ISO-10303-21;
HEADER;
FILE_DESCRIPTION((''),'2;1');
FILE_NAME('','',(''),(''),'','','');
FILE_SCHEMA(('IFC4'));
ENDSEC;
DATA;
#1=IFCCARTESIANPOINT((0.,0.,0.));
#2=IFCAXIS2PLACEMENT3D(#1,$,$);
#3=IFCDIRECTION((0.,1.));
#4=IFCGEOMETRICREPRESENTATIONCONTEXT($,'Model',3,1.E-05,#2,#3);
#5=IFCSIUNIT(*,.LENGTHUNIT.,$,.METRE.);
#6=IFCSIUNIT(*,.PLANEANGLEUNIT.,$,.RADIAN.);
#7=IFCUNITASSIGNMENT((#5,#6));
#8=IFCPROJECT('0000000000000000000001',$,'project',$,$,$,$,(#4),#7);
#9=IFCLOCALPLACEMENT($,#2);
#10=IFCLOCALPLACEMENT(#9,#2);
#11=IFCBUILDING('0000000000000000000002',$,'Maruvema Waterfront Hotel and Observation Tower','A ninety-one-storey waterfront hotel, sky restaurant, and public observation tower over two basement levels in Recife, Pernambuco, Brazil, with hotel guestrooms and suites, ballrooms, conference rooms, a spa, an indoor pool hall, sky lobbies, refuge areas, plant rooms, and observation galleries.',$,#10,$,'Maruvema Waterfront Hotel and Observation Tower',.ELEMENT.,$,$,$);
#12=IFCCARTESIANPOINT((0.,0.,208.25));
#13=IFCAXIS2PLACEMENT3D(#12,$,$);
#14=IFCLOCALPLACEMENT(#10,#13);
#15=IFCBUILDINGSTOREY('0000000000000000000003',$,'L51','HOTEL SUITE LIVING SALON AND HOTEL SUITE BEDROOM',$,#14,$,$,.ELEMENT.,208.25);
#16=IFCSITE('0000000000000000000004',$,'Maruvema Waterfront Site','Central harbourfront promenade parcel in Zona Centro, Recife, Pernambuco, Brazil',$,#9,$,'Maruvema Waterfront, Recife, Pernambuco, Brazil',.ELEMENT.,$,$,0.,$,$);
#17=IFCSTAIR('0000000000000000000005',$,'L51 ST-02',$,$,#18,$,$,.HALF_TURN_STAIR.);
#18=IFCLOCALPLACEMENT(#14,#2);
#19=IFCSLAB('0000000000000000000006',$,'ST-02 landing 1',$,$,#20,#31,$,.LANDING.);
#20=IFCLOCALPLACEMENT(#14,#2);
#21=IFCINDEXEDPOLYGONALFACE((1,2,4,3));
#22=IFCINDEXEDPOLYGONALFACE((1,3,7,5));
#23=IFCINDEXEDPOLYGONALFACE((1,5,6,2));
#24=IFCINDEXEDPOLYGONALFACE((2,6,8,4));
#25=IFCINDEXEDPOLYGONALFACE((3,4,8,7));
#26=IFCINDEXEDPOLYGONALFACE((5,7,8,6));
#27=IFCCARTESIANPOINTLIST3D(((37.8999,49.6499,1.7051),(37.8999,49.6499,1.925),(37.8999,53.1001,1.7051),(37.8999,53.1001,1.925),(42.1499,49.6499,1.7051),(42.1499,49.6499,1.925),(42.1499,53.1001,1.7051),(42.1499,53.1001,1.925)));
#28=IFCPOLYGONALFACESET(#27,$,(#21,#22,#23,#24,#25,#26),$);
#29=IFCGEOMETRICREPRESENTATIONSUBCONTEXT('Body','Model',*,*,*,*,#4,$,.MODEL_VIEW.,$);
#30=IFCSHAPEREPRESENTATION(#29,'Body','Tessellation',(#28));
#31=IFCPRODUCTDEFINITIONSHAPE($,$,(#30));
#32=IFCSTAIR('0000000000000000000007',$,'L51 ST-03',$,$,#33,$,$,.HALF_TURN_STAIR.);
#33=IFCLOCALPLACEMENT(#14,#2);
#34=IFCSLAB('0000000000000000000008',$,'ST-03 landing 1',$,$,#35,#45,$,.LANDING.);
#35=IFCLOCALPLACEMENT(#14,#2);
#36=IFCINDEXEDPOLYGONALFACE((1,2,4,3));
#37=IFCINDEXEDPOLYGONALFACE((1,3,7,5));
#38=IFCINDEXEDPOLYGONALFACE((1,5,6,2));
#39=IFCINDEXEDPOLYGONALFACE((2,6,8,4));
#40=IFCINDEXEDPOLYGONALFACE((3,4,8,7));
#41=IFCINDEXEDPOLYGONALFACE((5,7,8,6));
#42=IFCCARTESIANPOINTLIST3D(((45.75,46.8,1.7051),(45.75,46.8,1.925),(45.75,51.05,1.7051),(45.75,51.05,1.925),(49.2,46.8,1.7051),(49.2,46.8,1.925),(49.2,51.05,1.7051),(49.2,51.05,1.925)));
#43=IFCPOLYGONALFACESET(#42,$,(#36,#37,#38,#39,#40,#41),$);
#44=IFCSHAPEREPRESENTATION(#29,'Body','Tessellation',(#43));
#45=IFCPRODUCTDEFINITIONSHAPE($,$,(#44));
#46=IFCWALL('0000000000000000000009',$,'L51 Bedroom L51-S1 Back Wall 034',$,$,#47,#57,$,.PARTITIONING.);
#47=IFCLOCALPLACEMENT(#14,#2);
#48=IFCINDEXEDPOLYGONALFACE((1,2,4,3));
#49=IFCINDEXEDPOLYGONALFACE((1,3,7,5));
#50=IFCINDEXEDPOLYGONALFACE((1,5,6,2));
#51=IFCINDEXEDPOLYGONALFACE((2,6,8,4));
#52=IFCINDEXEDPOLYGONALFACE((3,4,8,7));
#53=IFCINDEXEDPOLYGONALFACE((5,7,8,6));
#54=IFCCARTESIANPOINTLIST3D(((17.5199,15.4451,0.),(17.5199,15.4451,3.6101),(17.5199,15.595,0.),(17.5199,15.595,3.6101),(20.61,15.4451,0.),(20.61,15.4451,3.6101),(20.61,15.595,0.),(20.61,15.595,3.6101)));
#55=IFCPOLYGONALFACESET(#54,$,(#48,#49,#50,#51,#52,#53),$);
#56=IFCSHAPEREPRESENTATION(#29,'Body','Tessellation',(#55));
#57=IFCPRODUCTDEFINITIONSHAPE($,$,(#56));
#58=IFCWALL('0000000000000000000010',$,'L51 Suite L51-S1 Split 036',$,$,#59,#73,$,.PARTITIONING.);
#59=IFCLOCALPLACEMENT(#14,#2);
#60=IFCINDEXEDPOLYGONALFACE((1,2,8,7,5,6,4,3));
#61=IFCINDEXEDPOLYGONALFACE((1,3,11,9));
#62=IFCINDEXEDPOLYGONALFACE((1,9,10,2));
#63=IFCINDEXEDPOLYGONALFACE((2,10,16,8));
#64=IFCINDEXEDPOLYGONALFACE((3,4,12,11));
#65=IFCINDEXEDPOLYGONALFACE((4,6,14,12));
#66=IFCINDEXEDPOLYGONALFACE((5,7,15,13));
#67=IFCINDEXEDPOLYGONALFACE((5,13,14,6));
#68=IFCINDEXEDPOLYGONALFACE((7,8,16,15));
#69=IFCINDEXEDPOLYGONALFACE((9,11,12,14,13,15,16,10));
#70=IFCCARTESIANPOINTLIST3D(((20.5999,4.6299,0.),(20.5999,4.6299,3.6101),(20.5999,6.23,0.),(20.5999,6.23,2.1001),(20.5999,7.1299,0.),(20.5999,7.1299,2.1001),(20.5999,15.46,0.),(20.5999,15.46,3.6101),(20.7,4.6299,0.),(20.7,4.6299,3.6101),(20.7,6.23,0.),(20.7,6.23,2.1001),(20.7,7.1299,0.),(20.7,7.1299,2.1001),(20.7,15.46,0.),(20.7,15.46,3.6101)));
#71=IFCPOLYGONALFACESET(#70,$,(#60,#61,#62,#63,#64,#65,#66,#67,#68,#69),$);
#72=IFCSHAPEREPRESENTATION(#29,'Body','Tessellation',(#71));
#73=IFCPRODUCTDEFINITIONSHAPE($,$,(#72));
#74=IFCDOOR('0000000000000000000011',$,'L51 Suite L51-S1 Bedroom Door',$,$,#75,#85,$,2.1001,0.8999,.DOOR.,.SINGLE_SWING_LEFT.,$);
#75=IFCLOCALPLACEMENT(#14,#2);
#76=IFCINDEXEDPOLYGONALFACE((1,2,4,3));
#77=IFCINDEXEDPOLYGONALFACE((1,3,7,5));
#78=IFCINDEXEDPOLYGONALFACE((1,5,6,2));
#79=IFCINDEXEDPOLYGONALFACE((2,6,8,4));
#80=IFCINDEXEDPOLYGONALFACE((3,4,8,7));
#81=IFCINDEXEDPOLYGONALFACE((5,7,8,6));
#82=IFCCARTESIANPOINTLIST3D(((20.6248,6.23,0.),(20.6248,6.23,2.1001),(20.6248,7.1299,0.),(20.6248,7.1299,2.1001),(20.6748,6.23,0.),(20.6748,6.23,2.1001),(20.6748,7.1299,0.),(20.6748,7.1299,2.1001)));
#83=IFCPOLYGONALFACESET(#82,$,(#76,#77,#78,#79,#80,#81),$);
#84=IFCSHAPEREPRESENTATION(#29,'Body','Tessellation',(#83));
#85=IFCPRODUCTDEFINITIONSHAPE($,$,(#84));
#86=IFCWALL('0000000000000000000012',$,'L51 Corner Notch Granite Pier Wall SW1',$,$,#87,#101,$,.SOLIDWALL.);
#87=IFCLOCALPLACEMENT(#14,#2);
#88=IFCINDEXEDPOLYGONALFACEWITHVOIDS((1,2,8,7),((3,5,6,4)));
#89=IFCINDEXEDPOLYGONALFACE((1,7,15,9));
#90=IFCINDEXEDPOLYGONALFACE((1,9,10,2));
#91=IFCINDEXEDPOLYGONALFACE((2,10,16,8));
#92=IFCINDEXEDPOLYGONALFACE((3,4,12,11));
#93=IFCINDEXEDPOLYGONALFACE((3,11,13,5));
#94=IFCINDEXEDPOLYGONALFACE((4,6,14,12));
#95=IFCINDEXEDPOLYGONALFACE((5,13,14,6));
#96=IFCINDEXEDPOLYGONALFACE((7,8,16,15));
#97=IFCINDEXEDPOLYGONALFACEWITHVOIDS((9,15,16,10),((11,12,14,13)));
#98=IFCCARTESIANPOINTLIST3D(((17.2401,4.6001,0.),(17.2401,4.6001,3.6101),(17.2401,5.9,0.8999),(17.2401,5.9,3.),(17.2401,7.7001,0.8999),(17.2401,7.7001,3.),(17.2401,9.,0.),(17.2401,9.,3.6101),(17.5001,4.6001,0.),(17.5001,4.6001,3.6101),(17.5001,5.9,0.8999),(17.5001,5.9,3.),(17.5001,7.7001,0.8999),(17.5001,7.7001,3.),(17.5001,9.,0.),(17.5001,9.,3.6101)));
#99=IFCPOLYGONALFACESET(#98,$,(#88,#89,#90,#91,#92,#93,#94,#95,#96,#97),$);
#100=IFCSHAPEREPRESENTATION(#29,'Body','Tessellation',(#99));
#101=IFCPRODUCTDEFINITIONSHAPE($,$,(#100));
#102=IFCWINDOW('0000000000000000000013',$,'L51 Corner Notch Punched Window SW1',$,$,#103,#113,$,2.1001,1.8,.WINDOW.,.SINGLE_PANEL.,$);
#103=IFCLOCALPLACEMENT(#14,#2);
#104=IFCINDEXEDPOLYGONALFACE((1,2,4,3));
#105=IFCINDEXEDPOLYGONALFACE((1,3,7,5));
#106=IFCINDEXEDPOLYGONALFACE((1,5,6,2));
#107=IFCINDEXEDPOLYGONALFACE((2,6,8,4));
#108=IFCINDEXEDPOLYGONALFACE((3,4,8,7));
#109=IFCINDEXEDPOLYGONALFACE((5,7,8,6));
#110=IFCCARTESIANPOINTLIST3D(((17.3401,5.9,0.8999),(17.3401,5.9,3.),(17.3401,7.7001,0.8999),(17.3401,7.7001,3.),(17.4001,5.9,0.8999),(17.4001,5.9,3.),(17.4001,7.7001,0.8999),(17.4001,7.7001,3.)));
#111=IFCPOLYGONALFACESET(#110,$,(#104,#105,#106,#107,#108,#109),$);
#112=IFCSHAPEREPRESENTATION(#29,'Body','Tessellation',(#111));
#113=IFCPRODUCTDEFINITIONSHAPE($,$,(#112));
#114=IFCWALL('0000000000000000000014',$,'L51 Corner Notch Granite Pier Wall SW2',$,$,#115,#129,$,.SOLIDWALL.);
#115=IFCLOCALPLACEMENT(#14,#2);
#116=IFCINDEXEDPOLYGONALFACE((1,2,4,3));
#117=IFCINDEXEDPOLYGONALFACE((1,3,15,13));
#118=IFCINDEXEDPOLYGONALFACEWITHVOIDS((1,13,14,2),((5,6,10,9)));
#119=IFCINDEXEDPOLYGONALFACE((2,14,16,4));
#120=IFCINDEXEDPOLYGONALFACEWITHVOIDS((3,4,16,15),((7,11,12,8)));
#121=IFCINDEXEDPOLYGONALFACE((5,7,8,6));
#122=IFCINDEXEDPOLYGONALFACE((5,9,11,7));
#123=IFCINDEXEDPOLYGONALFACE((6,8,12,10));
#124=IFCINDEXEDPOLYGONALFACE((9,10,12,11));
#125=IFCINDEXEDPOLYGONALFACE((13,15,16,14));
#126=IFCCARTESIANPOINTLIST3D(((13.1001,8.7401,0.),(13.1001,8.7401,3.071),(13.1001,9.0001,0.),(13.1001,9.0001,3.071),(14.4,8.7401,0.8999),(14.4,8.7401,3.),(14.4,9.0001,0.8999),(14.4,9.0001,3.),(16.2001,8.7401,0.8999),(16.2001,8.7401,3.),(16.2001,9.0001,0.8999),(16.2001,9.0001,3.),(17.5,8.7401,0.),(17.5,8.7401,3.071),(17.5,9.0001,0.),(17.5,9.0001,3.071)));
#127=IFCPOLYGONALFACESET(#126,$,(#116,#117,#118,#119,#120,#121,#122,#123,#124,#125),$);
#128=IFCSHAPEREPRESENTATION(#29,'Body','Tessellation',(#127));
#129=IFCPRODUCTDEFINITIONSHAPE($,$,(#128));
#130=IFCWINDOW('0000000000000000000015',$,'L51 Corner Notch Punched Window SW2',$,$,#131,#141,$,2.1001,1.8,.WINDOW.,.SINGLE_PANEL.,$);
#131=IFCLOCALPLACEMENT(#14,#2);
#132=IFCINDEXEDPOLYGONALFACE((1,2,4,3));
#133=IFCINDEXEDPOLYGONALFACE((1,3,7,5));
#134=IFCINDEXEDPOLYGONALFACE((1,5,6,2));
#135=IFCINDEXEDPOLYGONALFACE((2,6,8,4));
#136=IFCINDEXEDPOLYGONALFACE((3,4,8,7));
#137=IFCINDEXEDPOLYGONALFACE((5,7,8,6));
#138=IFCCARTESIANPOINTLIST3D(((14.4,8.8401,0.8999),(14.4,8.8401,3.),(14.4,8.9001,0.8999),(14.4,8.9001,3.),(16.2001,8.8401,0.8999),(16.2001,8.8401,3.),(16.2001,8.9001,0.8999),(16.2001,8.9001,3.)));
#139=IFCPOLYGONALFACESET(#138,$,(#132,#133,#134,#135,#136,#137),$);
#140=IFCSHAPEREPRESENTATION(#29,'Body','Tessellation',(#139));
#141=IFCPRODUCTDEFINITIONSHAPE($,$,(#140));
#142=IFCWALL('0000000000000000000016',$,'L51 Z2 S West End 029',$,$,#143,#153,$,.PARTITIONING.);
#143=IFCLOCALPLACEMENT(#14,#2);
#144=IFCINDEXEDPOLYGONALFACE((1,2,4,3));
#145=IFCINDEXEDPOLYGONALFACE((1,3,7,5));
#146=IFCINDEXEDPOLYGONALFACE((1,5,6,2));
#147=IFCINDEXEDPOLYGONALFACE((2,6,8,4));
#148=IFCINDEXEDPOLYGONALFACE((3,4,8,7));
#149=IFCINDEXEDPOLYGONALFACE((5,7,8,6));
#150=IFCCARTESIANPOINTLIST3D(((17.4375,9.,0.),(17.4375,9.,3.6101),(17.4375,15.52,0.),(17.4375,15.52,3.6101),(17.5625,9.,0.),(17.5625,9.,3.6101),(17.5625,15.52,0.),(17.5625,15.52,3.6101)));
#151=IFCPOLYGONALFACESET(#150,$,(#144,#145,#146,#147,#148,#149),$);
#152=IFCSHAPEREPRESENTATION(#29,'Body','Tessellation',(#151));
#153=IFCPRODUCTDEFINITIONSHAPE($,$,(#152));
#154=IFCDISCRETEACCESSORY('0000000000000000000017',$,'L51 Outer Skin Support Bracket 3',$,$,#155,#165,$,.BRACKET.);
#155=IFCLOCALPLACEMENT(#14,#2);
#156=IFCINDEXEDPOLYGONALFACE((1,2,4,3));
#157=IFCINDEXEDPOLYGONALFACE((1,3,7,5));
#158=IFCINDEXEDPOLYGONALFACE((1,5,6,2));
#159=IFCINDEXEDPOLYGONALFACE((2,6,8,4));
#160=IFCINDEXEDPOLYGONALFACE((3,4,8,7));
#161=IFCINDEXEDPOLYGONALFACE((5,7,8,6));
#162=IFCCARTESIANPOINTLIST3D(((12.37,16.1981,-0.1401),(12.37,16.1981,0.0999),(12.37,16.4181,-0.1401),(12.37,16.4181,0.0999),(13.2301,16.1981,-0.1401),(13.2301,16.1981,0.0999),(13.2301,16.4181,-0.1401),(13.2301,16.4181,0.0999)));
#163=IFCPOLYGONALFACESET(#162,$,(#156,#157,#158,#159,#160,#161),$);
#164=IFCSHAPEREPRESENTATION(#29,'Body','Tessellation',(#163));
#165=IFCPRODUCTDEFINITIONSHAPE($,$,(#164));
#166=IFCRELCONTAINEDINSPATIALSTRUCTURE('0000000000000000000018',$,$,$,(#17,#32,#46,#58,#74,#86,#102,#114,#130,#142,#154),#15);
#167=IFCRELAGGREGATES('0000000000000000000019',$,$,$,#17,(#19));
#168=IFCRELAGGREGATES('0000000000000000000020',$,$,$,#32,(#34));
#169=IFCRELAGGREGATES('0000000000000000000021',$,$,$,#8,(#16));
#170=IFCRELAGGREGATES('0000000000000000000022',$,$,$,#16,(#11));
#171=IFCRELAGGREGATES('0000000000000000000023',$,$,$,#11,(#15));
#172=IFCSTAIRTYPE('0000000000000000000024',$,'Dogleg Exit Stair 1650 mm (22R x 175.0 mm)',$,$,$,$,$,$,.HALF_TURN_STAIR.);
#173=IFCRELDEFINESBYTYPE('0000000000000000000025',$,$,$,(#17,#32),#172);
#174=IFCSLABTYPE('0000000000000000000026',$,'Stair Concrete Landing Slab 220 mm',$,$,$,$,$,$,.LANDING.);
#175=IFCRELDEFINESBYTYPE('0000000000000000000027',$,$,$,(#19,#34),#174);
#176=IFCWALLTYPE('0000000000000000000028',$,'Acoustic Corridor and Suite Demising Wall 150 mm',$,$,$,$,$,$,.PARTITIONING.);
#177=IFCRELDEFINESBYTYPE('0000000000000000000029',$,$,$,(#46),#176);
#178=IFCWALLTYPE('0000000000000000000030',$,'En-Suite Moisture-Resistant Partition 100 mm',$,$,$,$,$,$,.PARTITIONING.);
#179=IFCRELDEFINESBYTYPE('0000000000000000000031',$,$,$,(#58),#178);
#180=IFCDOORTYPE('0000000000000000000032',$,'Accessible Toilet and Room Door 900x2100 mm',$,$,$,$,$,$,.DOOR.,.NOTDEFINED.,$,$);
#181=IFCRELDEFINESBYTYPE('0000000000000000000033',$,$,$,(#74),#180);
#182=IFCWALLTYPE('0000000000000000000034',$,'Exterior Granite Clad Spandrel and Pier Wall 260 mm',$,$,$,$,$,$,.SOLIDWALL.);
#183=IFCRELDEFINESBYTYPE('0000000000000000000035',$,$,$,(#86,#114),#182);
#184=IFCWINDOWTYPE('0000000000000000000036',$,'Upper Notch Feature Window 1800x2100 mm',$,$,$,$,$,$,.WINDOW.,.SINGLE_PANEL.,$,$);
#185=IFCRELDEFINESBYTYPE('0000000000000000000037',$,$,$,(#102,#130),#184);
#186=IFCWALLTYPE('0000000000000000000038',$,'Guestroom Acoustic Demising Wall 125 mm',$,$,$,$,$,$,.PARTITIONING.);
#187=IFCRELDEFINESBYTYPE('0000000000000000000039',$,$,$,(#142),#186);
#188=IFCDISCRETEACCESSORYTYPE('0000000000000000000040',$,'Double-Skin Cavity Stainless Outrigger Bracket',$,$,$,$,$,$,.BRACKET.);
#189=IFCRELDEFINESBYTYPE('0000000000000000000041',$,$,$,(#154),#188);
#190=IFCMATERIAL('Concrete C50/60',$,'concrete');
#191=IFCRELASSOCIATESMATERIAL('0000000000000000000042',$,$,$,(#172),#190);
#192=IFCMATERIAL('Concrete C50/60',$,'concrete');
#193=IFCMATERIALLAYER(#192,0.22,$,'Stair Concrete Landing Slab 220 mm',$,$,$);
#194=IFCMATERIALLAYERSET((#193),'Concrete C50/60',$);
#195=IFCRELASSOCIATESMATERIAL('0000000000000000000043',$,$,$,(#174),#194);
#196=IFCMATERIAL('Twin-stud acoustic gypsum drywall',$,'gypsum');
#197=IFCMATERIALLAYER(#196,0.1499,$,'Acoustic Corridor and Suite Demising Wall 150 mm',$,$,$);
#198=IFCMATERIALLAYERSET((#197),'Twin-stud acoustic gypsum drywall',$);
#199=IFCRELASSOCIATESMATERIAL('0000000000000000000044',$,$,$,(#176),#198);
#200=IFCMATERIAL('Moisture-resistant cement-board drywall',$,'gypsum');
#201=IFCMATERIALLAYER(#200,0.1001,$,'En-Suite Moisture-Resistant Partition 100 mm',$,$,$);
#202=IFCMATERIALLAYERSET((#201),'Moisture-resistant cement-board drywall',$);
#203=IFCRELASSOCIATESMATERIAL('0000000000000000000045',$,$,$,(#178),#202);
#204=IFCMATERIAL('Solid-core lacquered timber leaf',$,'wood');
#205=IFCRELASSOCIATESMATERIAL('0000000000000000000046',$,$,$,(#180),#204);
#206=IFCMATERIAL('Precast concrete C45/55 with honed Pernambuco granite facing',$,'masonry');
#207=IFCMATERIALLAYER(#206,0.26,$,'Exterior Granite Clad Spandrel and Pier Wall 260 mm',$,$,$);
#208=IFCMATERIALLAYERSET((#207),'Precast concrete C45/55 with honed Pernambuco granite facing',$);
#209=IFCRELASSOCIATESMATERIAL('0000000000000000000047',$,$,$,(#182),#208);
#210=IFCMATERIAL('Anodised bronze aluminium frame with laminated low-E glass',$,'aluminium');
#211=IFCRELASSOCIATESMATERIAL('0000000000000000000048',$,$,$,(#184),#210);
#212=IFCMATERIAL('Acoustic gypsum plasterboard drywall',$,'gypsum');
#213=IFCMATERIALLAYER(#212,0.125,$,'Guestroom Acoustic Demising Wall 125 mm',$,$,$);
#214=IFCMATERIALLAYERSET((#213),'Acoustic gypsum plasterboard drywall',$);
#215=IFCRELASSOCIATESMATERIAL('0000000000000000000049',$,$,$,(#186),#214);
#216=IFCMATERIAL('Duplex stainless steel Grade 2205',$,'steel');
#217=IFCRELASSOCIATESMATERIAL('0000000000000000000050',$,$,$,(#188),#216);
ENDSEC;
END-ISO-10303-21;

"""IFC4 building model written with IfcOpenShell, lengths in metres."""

from ifc_helpers import new_model, si_unit, direction, frame, frame_2d, origin, origin_2d, place, context, subcontext, project, spatial, polyline, rectangle, outline, extrude, material, layer, layer_set, type_object, element, fill, aggregate, save


model = new_model("IFC4")

# Units and contexts
model_context = context("Model", 3, precision=1e-05, world=origin(), true_north=direction((0.0, 1.0)))
body_context = subcontext(model_context, "Body", "Model", "MODEL_VIEW")
ifc_project = project(units=[si_unit("LENGTHUNIT", "METRE"), si_unit("PLANEANGLEUNIT", "RADIAN")], contexts=[model_context])

# Site, building, storey
site_placement = place(None, origin())
site = spatial("IfcSite", under=ifc_project, at=site_placement, Name="Maruvema Waterfront Site", Description="Central harbourfront promenade parcel in Zona Centro, Recife, Pernambuco, Brazil", LongName="Maruvema Waterfront, Recife, Pernambuco, Brazil", CompositionType="ELEMENT", RefElevation=0.0)
building_placement = place(site_placement, origin())
building = spatial("IfcBuilding", under=site, at=building_placement, Name="Maruvema Waterfront Hotel and Observation Tower", Description="A ninety-one-storey waterfront hotel, sky restaurant, and public observation tower over two basement levels in Recife, Pernambuco, Brazil, with hotel guestrooms and suites, ballrooms, conference rooms, a spa, an indoor pool hall, sky lobbies, refuge areas, plant rooms, and observation galleries.", LongName="Maruvema Waterfront Hotel and Observation Tower", CompositionType="ELEMENT")
storey_placement = place(building_placement, frame((0.0, 0.0, 208.25)))
storey = spatial("IfcBuildingStorey", under=building, at=storey_placement, Name="L51", Description="HOTEL SUITE LIVING SALON AND HOTEL SUITE BEDROOM", CompositionType="ELEMENT", Elevation=208.25)

# Stairs, slabs
ifc_material_1 = material(Name="Concrete C50/60", Category="concrete")
stair_type = type_object("IfcStairType", Name="Dogleg Exit Stair 1650 mm (22R x 175.0 mm)", PredefinedType="HALF_TURN_STAIR", material=ifc_material_1)
ifc_material_2 = material(Name="Concrete C50/60", Category="concrete")
ifc_layer_1 = layer(ifc_material_2, 0.22, Name="Stair Concrete Landing Slab 220 mm")
ifc_layer_set_1 = layer_set([ifc_layer_1], Name="Concrete C50/60")
slab_type_1 = type_object("IfcSlabType", Name="Stair Concrete Landing Slab 220 mm", PredefinedType="LANDING", material=ifc_layer_set_1)
stair_1_placement = place(storey_placement, origin())
stair_1 = element("IfcStair", 1, at=stair_1_placement, inside=storey, type_object=stair_type, Name="L51 ST-02", PredefinedType="HALF_TURN_STAIR")
slab_1_placement = place(storey_placement, frame((0.0, 0.0, 1.7051)))
slab_1 = element("IfcSlab", 2, at=slab_1_placement, type_object=slab_type_1, Name="ST-02 landing 1", PredefinedType="LANDING", context=body_context, shape_type="SweptSolid", body=[
    extrude(outline(polyline([(37.8999, 49.6499), (42.1499, 49.6499), (42.1499, 53.1001), (37.8999, 53.1001), (37.8999, 49.6499)])), origin(), (0.0, 0.0, 1.0), 0.22),
])
aggregate(stair_1, [slab_1])
stair_2_placement = place(storey_placement, origin())
stair_2 = element("IfcStair", 3, at=stair_2_placement, inside=storey, type_object=stair_type, Name="L51 ST-03", PredefinedType="HALF_TURN_STAIR")
slab_2_placement = place(storey_placement, frame((0.0, 0.0, 1.7051)))
slab_2 = element("IfcSlab", 4, at=slab_2_placement, type_object=slab_type_1, Name="ST-03 landing 1", PredefinedType="LANDING", context=body_context, shape_type="SweptSolid", body=[
    extrude(outline(polyline([(49.2, 46.8), (49.2, 51.05), (45.75, 51.05), (45.75, 46.8), (49.2, 46.8)])), origin(), (0.0, 0.0, 1.0), 0.22),
])
aggregate(stair_2, [slab_2])

# Wall
ifc_material_3 = material(Name="Twin-stud acoustic gypsum drywall", Category="gypsum")
ifc_layer_2 = layer(ifc_material_3, 0.1499, Name="Acoustic Corridor and Suite Demising Wall 150 mm")
ifc_layer_set_2 = layer_set([ifc_layer_2], Name="Twin-stud acoustic gypsum drywall")
wall_type_1 = type_object("IfcWallType", Name="Acoustic Corridor and Suite Demising Wall 150 mm", PredefinedType="PARTITIONING", material=ifc_layer_set_2)
wall_1_placement = place(storey_placement, frame((17.52, 15.52, 0.0), z_axis=(0.0, 0.0, 1.0), x_axis=(1.0, 0.0, 0.0)))
element("IfcWall", 5, at=wall_1_placement, inside=storey, type_object=wall_type_1, Name="L51 Bedroom L51-S1 Back Wall 034", PredefinedType="PARTITIONING", context=body_context, shape_type="SweptSolid", body=[
    extrude(rectangle(XDim=3.0901, YDim=0.1499, at=frame_2d((1.5449, 0.0))), origin(), (0.0, 0.0, 1.0), 3.6101),
])

# Wall, opening, door
ifc_material_4 = material(Name="Moisture-resistant cement-board drywall", Category="gypsum")
ifc_layer_3 = layer(ifc_material_4, 0.1001, Name="En-Suite Moisture-Resistant Partition 100 mm")
ifc_layer_set_3 = layer_set([ifc_layer_3], Name="Moisture-resistant cement-board drywall")
wall_type_2 = type_object("IfcWallType", Name="En-Suite Moisture-Resistant Partition 100 mm", PredefinedType="PARTITIONING", material=ifc_layer_set_3)
wall_2_placement = place(storey_placement, frame((20.6499, 4.6299, 0.0), z_axis=(0.0, 0.0, 1.0), x_axis=(0.0, 1.0, 0.0)))
wall_2 = element("IfcWall", 6, at=wall_2_placement, inside=storey, type_object=wall_type_2, Name="L51 Suite L51-S1 Split 036", PredefinedType="PARTITIONING", context=body_context, shape_type="SweptSolid", body=[
    extrude(rectangle(XDim=10.8301, YDim=0.1001, at=frame_2d((5.415, 0.0))), origin(), (0.0, 0.0, 1.0), 3.6101),
])
opening_1_placement = place(wall_2_placement, frame((1.6001, 0.0, 0.0)))
opening_1 = element("IfcOpeningElement", 7, at=opening_1_placement, cuts=wall_2, PredefinedType="OPENING", context=body_context, shape_type="SweptSolid", body=[
    extrude(rectangle(XDim=0.8999, YDim=2.1001, at=frame_2d((0.45, 1.05))), frame((0.0, 0.0601, 0.0), z_axis=(0.0, -1.0, 0.0), x_axis=(1.0, 0.0, 0.0)), (0.0, 0.0, 1.0), 0.1201),
])
ifc_material_5 = material(Name="Solid-core lacquered timber leaf", Category="wood")
door_type_1 = type_object("IfcDoorType", Name="Accessible Toilet and Room Door 900x2100 mm", OperationType="NOTDEFINED", PredefinedType="DOOR", material=ifc_material_5)
door_1_placement = place(opening_1_placement, frame((0.8999, 0.0, 0.0), z_axis=(0.0, 0.0, 1.0), x_axis=(-1.0, 0.0, 0.0)))
door_1 = element("IfcDoor", 8, at=door_1_placement, inside=storey, type_object=door_type_1, Name="L51 Suite L51-S1 Bedroom Door", OperationType="SINGLE_SWING_LEFT", OverallHeight=2.1001, OverallWidth=0.8999, PredefinedType="DOOR", context=body_context, shape_type="SweptSolid", body=[
    extrude(rectangle(XDim=0.8999, YDim=2.1001, at=frame_2d((0.45, 1.05))), frame((0.0, 0.0249, 0.0), z_axis=(0.0, -1.0, 0.0), x_axis=(1.0, 0.0, 0.0)), (0.0, 0.0, 1.0), 0.05),
])
fill(opening_1, door_1)

# Walls, openings, windows
ifc_material_6 = material(Name="Precast concrete C45/55 with honed Pernambuco granite facing", Category="masonry")
ifc_layer_4 = layer(ifc_material_6, 0.26, Name="Exterior Granite Clad Spandrel and Pier Wall 260 mm")
ifc_layer_set_4 = layer_set([ifc_layer_4], Name="Precast concrete C45/55 with honed Pernambuco granite facing")
wall_type_3 = type_object("IfcWallType", Name="Exterior Granite Clad Spandrel and Pier Wall 260 mm", PredefinedType="SOLIDWALL", material=ifc_layer_set_4)
wall_3_placement = place(storey_placement, frame((17.3701, 4.6001, 0.0), z_axis=(0.0, 0.0, 1.0), x_axis=(0.0, 1.0, 0.0)))
wall_3 = element("IfcWall", 9, at=wall_3_placement, inside=storey, type_object=wall_type_3, Name="L51 Corner Notch Granite Pier Wall SW1", PredefinedType="SOLIDWALL", context=body_context, shape_type="SweptSolid", body=[
    extrude(rectangle(XDim=4.3999, YDim=0.26, at=frame_2d((2.2, 0.0))), origin(), (0.0, 0.0, 1.0), 3.6101),
])
opening_2_placement = place(wall_3_placement, frame((1.3, 0.0, 0.8999)))
opening_2 = element("IfcOpeningElement", 10, at=opening_2_placement, cuts=wall_3, PredefinedType="OPENING", context=body_context, shape_type="SweptSolid", body=[
    extrude(rectangle(XDim=1.8, YDim=2.1001, at=frame_2d((0.8999, 1.05))), frame((0.0, 0.1401, 0.0), z_axis=(0.0, -1.0, 0.0), x_axis=(1.0, 0.0, 0.0)), (0.0, 0.0, 1.0), 0.28),
])
ifc_material_7 = material(Name="Anodised bronze aluminium frame with laminated low-E glass", Category="aluminium")
window_type = type_object("IfcWindowType", Name="Upper Notch Feature Window 1800x2100 mm", PartitioningType="SINGLE_PANEL", PredefinedType="WINDOW", material=ifc_material_7)
window_1_placement = place(opening_2_placement, origin())
window_1 = element("IfcWindow", 11, at=window_1_placement, inside=storey, type_object=window_type, Name="L51 Corner Notch Punched Window SW1", OverallHeight=2.1001, OverallWidth=1.8, PartitioningType="SINGLE_PANEL", PredefinedType="WINDOW", context=body_context, shape_type="SweptSolid", body=[
    extrude(rectangle(XDim=1.8, YDim=2.1001, at=frame_2d((0.8999, 1.05))), frame((0.0, 0.03, 0.0), z_axis=(0.0, -1.0, 0.0), x_axis=(1.0, 0.0, 0.0)), (0.0, 0.0, 1.0), 0.0601),
])
fill(opening_2, window_1)
wall_4_placement = place(storey_placement, frame((17.5, 8.8701, 0.0), z_axis=(0.0, 0.0, 1.0), x_axis=(-1.0, 0.0, 0.0)))
wall_4 = element("IfcWall", 12, at=wall_4_placement, inside=storey, type_object=wall_type_3, Name="L51 Corner Notch Granite Pier Wall SW2", PredefinedType="SOLIDWALL", context=body_context, shape_type="SweptSolid", body=[
    extrude(rectangle(XDim=4.3999, YDim=0.26, at=frame_2d((2.2, 0.0))), origin(), (0.0, 0.0, 1.0), 3.071),
])
opening_3_placement = place(wall_4_placement, frame((1.3, 0.0, 0.8999)))
opening_3 = element("IfcOpeningElement", 13, at=opening_3_placement, cuts=wall_4, PredefinedType="OPENING", context=body_context, shape_type="SweptSolid", body=[
    extrude(rectangle(XDim=1.8, YDim=2.1001, at=frame_2d((0.8999, 1.05))), frame((0.0, 0.1401, 0.0), z_axis=(0.0, -1.0, 0.0), x_axis=(1.0, 0.0, 0.0)), (0.0, 0.0, 1.0), 0.28),
])
window_2_placement = place(opening_3_placement, origin())
window_2 = element("IfcWindow", 14, at=window_2_placement, inside=storey, type_object=window_type, Name="L51 Corner Notch Punched Window SW2", OverallHeight=2.1001, OverallWidth=1.8, PartitioningType="SINGLE_PANEL", PredefinedType="WINDOW", context=body_context, shape_type="SweptSolid", body=[
    extrude(rectangle(XDim=1.8, YDim=2.1001, at=frame_2d((0.8999, 1.05))), frame((0.0, 0.03, 0.0), z_axis=(0.0, -1.0, 0.0), x_axis=(1.0, 0.0, 0.0)), (0.0, 0.0, 1.0), 0.0601),
])
fill(opening_3, window_2)

# Wall
ifc_material_8 = material(Name="Acoustic gypsum plasterboard drywall", Category="gypsum")
ifc_layer_5 = layer(ifc_material_8, 0.125, Name="Guestroom Acoustic Demising Wall 125 mm")
ifc_layer_set_5 = layer_set([ifc_layer_5], Name="Acoustic gypsum plasterboard drywall")
wall_type_4 = type_object("IfcWallType", Name="Guestroom Acoustic Demising Wall 125 mm", PredefinedType="PARTITIONING", material=ifc_layer_set_5)
wall_5_placement = place(storey_placement, frame((17.5, 9.0, 0.0), z_axis=(0.0, 0.0, 1.0), x_axis=(0.0, 1.0, 0.0)))
element("IfcWall", 15, at=wall_5_placement, inside=storey, type_object=wall_type_4, Name="L51 Z2 S West End 029", PredefinedType="PARTITIONING", context=body_context, shape_type="SweptSolid", body=[
    extrude(rectangle(XDim=6.52, YDim=0.125, at=frame_2d((3.26, 0.0))), origin(), (0.0, 0.0, 1.0), 3.6101),
])

# Discrete accessory
ifc_material_9 = material(Name="Duplex stainless steel Grade 2205", Category="steel")
discrete_accessory_type = type_object("IfcDiscreteAccessoryType", Name="Double-Skin Cavity Stainless Outrigger Bracket", PredefinedType="BRACKET", material=ifc_material_9)
discrete_accessory_placement = place(storey_placement, frame((12.8, 16.3081, -0.1401), z_axis=(0.0, 0.0, 1.0), x_axis=(0.0, -1.0, 0.0)))
element("IfcDiscreteAccessory", 16, at=discrete_accessory_placement, inside=storey, type_object=discrete_accessory_type, Name="L51 Outer Skin Support Bracket 3", PredefinedType="BRACKET", context=body_context, shape_type="SweptSolid", body=[
    extrude(rectangle(XDim=0.22, YDim=0.8601, at=origin_2d()), origin(), (0.0, 0.0, 1.0), 0.24),
])

save(model, "model.ifc")
